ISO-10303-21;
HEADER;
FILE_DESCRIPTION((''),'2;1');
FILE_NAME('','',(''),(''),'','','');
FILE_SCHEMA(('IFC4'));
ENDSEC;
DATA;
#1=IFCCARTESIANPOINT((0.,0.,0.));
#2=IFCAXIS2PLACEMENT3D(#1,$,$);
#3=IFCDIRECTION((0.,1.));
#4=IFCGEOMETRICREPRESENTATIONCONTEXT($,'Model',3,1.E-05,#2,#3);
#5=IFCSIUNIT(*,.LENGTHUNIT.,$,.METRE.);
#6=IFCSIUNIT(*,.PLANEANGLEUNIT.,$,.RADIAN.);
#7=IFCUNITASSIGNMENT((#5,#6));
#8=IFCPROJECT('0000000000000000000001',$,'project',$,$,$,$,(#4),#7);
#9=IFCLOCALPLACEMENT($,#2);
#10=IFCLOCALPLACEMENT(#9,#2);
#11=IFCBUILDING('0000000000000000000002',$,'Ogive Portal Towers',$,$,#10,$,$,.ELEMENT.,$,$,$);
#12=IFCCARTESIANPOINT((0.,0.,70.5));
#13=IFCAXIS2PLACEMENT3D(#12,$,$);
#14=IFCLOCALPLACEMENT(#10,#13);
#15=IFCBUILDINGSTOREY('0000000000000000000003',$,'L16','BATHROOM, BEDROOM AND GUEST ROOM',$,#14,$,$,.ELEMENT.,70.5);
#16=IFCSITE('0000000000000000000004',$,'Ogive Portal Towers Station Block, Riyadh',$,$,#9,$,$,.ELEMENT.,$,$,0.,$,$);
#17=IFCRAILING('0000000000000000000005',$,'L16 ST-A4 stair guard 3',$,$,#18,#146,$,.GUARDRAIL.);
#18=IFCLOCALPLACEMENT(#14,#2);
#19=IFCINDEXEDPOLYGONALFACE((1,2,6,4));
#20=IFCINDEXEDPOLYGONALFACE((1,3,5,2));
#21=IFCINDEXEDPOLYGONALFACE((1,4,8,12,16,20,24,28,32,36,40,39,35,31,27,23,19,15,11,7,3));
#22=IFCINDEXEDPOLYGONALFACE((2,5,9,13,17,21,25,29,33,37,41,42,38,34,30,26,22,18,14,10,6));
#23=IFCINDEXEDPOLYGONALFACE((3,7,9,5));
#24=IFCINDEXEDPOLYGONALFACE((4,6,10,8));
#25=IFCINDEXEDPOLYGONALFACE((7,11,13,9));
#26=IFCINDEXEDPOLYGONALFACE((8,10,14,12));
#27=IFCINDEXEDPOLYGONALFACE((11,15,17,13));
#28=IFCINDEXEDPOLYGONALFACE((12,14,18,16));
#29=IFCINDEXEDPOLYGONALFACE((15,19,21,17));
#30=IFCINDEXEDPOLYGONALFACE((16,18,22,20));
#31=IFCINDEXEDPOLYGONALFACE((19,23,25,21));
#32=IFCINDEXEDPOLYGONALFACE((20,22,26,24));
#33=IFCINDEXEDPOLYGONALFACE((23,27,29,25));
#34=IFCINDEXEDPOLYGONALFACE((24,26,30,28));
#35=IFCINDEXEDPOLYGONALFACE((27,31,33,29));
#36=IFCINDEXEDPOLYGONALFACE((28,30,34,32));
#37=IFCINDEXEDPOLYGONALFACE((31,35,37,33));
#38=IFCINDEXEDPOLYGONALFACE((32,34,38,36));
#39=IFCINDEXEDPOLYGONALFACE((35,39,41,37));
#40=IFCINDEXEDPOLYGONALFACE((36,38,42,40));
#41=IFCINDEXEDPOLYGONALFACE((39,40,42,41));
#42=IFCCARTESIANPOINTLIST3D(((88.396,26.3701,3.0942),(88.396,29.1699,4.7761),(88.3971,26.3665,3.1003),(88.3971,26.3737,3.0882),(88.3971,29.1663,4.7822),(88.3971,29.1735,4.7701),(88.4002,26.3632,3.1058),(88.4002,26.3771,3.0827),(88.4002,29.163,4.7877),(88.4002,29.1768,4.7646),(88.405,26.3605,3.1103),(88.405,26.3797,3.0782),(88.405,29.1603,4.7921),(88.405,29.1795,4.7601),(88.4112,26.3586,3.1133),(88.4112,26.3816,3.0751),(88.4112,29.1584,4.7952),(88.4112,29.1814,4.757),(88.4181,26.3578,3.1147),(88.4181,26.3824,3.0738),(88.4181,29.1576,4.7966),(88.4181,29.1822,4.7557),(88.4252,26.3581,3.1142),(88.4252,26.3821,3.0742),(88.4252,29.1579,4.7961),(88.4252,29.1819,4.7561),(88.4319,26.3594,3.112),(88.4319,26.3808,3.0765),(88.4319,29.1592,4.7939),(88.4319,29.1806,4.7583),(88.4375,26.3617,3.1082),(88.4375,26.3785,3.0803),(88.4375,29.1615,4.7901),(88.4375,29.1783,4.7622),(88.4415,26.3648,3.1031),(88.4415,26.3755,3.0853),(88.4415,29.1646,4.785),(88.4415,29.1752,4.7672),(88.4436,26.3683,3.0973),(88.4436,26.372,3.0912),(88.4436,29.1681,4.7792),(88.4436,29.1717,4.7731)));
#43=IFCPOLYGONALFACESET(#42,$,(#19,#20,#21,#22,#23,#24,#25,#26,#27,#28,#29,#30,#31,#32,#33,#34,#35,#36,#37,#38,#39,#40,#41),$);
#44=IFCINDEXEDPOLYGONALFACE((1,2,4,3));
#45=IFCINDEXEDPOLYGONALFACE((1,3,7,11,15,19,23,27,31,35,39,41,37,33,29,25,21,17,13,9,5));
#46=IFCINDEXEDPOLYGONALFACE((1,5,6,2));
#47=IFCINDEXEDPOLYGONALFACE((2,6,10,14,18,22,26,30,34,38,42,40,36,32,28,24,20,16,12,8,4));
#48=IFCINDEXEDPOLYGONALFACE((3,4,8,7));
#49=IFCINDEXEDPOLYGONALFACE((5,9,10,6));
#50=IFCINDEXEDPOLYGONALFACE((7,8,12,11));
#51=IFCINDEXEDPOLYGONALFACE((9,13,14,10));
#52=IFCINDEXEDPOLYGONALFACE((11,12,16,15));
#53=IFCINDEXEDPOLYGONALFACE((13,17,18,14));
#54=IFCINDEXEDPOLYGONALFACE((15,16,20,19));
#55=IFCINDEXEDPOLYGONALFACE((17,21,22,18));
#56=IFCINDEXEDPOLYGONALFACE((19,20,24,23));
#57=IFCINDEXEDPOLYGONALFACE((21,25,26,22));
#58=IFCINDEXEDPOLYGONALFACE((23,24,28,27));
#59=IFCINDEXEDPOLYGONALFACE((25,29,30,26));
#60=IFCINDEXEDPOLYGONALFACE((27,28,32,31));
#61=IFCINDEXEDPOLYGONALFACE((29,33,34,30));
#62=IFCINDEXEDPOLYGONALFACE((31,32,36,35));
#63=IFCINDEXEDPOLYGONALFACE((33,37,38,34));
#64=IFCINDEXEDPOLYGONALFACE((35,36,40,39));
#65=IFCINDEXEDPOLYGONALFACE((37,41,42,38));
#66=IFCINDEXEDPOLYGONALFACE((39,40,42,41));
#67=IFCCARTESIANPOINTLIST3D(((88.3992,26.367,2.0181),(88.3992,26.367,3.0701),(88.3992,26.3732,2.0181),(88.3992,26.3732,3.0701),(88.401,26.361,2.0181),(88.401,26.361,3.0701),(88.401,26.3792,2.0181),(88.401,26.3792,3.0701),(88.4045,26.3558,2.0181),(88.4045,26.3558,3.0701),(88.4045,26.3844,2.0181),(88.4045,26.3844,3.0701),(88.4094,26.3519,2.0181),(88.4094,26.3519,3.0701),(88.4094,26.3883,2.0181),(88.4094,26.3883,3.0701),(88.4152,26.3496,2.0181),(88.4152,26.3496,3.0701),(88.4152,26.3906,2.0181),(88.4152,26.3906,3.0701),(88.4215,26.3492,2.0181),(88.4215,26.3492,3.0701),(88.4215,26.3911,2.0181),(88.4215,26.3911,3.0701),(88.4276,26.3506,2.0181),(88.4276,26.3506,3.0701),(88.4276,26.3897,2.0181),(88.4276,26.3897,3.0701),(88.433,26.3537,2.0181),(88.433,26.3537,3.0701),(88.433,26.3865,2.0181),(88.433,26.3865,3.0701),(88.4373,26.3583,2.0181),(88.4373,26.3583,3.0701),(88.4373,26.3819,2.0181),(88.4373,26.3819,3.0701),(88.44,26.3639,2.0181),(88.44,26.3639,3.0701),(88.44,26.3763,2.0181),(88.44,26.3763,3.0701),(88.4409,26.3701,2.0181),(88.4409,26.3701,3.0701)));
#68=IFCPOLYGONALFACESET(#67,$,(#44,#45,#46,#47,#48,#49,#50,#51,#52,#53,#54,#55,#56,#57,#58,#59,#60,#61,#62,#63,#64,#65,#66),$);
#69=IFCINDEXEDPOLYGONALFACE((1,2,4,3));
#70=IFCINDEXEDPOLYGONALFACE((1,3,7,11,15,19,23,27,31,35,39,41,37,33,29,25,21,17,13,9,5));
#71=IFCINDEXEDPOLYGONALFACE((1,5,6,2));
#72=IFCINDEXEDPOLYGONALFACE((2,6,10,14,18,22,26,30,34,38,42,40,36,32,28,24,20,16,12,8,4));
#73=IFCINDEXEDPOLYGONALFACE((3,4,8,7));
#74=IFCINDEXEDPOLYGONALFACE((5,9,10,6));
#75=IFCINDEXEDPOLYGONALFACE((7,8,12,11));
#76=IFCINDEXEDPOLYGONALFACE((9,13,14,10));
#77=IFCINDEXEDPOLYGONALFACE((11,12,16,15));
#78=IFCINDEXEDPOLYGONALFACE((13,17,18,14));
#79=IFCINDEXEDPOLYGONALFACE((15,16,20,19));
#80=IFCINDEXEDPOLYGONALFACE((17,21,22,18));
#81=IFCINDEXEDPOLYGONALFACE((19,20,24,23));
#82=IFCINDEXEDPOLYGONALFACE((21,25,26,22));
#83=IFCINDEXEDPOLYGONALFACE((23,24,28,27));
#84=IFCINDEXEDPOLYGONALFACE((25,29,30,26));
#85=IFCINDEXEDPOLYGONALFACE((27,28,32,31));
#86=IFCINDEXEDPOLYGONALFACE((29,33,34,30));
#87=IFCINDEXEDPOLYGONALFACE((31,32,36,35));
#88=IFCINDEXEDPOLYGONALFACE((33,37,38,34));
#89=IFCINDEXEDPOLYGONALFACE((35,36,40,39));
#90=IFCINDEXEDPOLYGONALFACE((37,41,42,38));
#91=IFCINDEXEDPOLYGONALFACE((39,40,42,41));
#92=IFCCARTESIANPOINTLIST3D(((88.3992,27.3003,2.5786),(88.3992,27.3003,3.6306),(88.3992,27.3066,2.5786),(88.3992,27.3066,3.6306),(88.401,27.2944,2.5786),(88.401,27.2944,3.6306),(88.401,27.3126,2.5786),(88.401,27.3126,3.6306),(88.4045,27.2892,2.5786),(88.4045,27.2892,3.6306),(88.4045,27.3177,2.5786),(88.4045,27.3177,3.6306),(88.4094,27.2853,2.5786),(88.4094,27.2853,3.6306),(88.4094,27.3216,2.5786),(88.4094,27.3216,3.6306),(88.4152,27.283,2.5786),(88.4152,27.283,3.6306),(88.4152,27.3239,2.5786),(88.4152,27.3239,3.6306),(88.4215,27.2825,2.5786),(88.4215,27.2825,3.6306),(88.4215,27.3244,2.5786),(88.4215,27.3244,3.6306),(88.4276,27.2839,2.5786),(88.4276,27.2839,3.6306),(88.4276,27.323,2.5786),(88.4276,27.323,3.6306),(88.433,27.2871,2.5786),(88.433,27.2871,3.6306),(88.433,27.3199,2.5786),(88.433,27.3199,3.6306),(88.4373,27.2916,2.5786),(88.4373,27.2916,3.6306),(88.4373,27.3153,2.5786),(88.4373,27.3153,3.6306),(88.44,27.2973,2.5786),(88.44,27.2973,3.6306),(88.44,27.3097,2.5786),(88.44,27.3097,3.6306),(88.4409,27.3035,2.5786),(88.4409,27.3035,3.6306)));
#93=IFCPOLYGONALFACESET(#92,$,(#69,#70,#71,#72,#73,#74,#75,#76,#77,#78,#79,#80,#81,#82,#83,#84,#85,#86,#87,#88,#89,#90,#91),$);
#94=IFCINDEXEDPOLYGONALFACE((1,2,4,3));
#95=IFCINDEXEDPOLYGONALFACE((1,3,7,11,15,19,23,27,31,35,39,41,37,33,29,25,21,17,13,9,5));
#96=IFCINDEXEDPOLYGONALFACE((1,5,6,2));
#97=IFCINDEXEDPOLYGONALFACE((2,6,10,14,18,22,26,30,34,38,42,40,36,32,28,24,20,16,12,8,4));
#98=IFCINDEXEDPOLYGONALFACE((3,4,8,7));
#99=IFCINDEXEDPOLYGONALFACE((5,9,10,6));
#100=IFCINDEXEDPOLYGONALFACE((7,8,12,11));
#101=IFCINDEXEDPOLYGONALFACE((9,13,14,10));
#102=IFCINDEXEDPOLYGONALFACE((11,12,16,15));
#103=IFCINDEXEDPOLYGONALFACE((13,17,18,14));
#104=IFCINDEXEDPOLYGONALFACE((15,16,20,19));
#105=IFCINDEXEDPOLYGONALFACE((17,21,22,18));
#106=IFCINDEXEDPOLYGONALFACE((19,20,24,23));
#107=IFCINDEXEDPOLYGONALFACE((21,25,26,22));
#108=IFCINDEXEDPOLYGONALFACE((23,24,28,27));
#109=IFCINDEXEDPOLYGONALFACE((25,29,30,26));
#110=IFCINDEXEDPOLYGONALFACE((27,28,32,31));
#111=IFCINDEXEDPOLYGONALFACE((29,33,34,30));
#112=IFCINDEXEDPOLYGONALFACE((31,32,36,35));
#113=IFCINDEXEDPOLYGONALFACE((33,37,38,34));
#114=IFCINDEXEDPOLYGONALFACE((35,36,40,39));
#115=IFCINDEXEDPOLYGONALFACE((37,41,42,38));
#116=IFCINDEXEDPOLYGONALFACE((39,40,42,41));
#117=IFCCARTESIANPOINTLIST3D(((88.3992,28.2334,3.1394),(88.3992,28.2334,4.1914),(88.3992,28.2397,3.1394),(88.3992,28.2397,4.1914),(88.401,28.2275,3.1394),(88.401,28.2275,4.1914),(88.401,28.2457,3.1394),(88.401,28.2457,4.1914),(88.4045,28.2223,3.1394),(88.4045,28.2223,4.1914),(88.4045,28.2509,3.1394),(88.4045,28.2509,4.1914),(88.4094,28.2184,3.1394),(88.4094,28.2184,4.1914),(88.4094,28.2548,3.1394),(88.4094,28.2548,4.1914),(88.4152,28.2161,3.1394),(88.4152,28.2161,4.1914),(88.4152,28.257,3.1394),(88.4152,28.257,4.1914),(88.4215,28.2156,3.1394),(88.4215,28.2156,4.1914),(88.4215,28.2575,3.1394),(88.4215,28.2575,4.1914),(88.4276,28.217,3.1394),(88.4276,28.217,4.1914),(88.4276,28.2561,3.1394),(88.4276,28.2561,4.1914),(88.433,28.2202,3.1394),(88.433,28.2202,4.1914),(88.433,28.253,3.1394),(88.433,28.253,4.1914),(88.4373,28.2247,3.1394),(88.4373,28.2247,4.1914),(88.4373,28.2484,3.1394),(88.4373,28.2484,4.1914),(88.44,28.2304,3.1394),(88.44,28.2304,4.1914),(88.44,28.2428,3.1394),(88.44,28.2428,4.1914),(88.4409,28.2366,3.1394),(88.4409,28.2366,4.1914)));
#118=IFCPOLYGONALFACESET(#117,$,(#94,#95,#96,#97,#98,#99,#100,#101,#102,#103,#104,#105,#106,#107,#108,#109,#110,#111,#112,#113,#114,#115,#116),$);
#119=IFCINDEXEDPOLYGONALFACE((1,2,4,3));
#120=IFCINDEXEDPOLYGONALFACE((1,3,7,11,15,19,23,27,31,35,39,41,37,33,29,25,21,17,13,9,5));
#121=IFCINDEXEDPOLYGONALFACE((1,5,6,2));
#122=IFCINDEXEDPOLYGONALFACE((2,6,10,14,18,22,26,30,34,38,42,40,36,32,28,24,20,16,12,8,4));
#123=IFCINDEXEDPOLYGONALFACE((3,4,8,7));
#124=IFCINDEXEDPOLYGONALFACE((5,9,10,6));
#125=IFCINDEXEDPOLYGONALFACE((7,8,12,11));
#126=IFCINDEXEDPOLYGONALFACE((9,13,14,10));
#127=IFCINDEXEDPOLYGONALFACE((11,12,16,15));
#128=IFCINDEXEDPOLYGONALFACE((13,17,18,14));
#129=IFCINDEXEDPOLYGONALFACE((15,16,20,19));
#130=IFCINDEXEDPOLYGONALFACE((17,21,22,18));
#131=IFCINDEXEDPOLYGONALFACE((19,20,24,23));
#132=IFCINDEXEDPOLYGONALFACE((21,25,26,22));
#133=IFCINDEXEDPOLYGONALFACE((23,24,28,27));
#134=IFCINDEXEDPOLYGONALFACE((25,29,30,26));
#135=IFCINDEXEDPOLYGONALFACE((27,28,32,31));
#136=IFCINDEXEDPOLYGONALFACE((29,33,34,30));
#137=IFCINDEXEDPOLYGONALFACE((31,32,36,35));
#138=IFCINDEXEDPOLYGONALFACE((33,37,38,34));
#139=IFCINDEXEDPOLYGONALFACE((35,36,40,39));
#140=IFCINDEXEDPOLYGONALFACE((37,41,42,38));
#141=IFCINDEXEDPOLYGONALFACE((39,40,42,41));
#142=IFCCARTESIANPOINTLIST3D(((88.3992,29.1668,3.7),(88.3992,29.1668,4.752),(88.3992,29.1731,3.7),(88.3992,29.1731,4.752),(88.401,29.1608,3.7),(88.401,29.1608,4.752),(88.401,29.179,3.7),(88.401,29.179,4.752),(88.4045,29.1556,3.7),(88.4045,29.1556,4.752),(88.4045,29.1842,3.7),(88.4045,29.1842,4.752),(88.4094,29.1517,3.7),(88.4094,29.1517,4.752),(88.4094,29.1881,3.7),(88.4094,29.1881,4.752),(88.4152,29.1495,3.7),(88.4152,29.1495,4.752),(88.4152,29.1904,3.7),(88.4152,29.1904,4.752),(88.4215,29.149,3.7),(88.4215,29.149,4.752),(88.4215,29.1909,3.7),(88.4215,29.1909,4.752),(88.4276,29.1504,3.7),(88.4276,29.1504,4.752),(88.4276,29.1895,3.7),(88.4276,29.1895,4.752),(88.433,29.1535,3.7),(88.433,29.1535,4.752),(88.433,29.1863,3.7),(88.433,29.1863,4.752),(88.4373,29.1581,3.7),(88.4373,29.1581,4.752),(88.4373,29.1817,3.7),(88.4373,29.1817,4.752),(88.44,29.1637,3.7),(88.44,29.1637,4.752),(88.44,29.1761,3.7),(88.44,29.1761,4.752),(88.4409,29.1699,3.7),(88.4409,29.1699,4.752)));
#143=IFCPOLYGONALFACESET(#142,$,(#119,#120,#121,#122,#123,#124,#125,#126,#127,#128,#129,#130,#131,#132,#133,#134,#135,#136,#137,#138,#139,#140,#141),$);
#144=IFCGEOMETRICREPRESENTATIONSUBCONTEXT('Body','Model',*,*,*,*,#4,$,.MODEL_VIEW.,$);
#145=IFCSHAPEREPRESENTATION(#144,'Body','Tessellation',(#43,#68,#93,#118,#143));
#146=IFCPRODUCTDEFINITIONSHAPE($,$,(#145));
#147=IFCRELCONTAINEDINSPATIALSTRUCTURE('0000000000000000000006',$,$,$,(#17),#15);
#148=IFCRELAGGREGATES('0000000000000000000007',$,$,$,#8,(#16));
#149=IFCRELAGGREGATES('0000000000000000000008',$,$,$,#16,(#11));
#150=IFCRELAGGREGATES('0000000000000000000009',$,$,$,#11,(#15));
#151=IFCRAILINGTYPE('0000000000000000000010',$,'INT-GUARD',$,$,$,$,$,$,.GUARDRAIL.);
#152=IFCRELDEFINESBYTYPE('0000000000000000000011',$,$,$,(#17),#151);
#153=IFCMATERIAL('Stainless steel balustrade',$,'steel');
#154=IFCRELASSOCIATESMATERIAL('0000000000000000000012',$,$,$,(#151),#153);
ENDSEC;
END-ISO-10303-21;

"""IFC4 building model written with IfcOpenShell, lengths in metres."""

from ifc_helpers import new_model, si_unit, direction, frame, origin, origin_2d, place, context, subcontext, project, spatial, circle, extrude, material, type_object, element, save


model = new_model("IFC4")

# Units and contexts
model_context = context("Model", 3, precision=1e-05, world=origin(), true_north=direction((0.0, 1.0)))
body_context = subcontext(model_context, "Body", "Model", "MODEL_VIEW")
ifc_project = project(units=[si_unit("LENGTHUNIT", "METRE"), si_unit("PLANEANGLEUNIT", "RADIAN")], contexts=[model_context])

# Site, building, storey
site_placement = place(None, origin())
site = spatial("IfcSite", under=ifc_project, at=site_placement, Name="Ogive Portal Towers Station Block, Riyadh", CompositionType="ELEMENT", RefElevation=0.0)
building_placement = place(site_placement, origin())
building = spatial("IfcBuilding", under=site, at=building_placement, Name="Ogive Portal Towers", CompositionType="ELEMENT")
storey_placement = place(building_placement, frame((0.0, 0.0, 70.5)))
storey = spatial("IfcBuildingStorey", under=building, at=storey_placement, Name="L16", Description="BATHROOM, BEDROOM AND GUEST ROOM", CompositionType="ELEMENT", Elevation=70.5)

# Railing
ifc_material_1 = material(Name="Stainless steel balustrade", Category="steel")
railing_type_1 = type_object("IfcRailingType", Name="INT-GUARD", PredefinedType="GUARDRAIL", material=ifc_material_1)
railing_1_placement = place(storey_placement, frame((88.4199, 26.3701, 2.0181)))
element("IfcRailing", 1, at=railing_1_placement, inside=storey, type_object=railing_type_1, Name="L16 ST-A4 stair guard 3", PredefinedType="GUARDRAIL", context=body_context, shape_type="SweptSolid", body=[
    extrude(circle(Radius=0.0239, at=origin_2d()), frame((0.0, 0.0, 1.0762), z_axis=(0.0, 0.857222, 0.514946), x_axis=(-1.0, 0.0, 0.0)), (0.0, 0.0, 1.0), 3.2661),
    extrude(circle(Radius=0.021, at=origin_2d()), origin(), (0.0, 0.0, 1.0), 1.052),
    extrude(circle(Radius=0.021, at=origin_2d()), frame((0.0, 0.9333, 0.5605)), (0.0, 0.0, 1.0), 1.052),
    extrude(circle(Radius=0.021, at=origin_2d()), frame((0.0, 1.8665, 1.1213)), (0.0, 0.0, 1.0), 1.052),
    extrude(circle(Radius=0.021, at=origin_2d()), frame((0.0, 2.7998, 1.6819)), (0.0, 0.0, 1.0), 1.052),
])

save(model, "model.ifc")
